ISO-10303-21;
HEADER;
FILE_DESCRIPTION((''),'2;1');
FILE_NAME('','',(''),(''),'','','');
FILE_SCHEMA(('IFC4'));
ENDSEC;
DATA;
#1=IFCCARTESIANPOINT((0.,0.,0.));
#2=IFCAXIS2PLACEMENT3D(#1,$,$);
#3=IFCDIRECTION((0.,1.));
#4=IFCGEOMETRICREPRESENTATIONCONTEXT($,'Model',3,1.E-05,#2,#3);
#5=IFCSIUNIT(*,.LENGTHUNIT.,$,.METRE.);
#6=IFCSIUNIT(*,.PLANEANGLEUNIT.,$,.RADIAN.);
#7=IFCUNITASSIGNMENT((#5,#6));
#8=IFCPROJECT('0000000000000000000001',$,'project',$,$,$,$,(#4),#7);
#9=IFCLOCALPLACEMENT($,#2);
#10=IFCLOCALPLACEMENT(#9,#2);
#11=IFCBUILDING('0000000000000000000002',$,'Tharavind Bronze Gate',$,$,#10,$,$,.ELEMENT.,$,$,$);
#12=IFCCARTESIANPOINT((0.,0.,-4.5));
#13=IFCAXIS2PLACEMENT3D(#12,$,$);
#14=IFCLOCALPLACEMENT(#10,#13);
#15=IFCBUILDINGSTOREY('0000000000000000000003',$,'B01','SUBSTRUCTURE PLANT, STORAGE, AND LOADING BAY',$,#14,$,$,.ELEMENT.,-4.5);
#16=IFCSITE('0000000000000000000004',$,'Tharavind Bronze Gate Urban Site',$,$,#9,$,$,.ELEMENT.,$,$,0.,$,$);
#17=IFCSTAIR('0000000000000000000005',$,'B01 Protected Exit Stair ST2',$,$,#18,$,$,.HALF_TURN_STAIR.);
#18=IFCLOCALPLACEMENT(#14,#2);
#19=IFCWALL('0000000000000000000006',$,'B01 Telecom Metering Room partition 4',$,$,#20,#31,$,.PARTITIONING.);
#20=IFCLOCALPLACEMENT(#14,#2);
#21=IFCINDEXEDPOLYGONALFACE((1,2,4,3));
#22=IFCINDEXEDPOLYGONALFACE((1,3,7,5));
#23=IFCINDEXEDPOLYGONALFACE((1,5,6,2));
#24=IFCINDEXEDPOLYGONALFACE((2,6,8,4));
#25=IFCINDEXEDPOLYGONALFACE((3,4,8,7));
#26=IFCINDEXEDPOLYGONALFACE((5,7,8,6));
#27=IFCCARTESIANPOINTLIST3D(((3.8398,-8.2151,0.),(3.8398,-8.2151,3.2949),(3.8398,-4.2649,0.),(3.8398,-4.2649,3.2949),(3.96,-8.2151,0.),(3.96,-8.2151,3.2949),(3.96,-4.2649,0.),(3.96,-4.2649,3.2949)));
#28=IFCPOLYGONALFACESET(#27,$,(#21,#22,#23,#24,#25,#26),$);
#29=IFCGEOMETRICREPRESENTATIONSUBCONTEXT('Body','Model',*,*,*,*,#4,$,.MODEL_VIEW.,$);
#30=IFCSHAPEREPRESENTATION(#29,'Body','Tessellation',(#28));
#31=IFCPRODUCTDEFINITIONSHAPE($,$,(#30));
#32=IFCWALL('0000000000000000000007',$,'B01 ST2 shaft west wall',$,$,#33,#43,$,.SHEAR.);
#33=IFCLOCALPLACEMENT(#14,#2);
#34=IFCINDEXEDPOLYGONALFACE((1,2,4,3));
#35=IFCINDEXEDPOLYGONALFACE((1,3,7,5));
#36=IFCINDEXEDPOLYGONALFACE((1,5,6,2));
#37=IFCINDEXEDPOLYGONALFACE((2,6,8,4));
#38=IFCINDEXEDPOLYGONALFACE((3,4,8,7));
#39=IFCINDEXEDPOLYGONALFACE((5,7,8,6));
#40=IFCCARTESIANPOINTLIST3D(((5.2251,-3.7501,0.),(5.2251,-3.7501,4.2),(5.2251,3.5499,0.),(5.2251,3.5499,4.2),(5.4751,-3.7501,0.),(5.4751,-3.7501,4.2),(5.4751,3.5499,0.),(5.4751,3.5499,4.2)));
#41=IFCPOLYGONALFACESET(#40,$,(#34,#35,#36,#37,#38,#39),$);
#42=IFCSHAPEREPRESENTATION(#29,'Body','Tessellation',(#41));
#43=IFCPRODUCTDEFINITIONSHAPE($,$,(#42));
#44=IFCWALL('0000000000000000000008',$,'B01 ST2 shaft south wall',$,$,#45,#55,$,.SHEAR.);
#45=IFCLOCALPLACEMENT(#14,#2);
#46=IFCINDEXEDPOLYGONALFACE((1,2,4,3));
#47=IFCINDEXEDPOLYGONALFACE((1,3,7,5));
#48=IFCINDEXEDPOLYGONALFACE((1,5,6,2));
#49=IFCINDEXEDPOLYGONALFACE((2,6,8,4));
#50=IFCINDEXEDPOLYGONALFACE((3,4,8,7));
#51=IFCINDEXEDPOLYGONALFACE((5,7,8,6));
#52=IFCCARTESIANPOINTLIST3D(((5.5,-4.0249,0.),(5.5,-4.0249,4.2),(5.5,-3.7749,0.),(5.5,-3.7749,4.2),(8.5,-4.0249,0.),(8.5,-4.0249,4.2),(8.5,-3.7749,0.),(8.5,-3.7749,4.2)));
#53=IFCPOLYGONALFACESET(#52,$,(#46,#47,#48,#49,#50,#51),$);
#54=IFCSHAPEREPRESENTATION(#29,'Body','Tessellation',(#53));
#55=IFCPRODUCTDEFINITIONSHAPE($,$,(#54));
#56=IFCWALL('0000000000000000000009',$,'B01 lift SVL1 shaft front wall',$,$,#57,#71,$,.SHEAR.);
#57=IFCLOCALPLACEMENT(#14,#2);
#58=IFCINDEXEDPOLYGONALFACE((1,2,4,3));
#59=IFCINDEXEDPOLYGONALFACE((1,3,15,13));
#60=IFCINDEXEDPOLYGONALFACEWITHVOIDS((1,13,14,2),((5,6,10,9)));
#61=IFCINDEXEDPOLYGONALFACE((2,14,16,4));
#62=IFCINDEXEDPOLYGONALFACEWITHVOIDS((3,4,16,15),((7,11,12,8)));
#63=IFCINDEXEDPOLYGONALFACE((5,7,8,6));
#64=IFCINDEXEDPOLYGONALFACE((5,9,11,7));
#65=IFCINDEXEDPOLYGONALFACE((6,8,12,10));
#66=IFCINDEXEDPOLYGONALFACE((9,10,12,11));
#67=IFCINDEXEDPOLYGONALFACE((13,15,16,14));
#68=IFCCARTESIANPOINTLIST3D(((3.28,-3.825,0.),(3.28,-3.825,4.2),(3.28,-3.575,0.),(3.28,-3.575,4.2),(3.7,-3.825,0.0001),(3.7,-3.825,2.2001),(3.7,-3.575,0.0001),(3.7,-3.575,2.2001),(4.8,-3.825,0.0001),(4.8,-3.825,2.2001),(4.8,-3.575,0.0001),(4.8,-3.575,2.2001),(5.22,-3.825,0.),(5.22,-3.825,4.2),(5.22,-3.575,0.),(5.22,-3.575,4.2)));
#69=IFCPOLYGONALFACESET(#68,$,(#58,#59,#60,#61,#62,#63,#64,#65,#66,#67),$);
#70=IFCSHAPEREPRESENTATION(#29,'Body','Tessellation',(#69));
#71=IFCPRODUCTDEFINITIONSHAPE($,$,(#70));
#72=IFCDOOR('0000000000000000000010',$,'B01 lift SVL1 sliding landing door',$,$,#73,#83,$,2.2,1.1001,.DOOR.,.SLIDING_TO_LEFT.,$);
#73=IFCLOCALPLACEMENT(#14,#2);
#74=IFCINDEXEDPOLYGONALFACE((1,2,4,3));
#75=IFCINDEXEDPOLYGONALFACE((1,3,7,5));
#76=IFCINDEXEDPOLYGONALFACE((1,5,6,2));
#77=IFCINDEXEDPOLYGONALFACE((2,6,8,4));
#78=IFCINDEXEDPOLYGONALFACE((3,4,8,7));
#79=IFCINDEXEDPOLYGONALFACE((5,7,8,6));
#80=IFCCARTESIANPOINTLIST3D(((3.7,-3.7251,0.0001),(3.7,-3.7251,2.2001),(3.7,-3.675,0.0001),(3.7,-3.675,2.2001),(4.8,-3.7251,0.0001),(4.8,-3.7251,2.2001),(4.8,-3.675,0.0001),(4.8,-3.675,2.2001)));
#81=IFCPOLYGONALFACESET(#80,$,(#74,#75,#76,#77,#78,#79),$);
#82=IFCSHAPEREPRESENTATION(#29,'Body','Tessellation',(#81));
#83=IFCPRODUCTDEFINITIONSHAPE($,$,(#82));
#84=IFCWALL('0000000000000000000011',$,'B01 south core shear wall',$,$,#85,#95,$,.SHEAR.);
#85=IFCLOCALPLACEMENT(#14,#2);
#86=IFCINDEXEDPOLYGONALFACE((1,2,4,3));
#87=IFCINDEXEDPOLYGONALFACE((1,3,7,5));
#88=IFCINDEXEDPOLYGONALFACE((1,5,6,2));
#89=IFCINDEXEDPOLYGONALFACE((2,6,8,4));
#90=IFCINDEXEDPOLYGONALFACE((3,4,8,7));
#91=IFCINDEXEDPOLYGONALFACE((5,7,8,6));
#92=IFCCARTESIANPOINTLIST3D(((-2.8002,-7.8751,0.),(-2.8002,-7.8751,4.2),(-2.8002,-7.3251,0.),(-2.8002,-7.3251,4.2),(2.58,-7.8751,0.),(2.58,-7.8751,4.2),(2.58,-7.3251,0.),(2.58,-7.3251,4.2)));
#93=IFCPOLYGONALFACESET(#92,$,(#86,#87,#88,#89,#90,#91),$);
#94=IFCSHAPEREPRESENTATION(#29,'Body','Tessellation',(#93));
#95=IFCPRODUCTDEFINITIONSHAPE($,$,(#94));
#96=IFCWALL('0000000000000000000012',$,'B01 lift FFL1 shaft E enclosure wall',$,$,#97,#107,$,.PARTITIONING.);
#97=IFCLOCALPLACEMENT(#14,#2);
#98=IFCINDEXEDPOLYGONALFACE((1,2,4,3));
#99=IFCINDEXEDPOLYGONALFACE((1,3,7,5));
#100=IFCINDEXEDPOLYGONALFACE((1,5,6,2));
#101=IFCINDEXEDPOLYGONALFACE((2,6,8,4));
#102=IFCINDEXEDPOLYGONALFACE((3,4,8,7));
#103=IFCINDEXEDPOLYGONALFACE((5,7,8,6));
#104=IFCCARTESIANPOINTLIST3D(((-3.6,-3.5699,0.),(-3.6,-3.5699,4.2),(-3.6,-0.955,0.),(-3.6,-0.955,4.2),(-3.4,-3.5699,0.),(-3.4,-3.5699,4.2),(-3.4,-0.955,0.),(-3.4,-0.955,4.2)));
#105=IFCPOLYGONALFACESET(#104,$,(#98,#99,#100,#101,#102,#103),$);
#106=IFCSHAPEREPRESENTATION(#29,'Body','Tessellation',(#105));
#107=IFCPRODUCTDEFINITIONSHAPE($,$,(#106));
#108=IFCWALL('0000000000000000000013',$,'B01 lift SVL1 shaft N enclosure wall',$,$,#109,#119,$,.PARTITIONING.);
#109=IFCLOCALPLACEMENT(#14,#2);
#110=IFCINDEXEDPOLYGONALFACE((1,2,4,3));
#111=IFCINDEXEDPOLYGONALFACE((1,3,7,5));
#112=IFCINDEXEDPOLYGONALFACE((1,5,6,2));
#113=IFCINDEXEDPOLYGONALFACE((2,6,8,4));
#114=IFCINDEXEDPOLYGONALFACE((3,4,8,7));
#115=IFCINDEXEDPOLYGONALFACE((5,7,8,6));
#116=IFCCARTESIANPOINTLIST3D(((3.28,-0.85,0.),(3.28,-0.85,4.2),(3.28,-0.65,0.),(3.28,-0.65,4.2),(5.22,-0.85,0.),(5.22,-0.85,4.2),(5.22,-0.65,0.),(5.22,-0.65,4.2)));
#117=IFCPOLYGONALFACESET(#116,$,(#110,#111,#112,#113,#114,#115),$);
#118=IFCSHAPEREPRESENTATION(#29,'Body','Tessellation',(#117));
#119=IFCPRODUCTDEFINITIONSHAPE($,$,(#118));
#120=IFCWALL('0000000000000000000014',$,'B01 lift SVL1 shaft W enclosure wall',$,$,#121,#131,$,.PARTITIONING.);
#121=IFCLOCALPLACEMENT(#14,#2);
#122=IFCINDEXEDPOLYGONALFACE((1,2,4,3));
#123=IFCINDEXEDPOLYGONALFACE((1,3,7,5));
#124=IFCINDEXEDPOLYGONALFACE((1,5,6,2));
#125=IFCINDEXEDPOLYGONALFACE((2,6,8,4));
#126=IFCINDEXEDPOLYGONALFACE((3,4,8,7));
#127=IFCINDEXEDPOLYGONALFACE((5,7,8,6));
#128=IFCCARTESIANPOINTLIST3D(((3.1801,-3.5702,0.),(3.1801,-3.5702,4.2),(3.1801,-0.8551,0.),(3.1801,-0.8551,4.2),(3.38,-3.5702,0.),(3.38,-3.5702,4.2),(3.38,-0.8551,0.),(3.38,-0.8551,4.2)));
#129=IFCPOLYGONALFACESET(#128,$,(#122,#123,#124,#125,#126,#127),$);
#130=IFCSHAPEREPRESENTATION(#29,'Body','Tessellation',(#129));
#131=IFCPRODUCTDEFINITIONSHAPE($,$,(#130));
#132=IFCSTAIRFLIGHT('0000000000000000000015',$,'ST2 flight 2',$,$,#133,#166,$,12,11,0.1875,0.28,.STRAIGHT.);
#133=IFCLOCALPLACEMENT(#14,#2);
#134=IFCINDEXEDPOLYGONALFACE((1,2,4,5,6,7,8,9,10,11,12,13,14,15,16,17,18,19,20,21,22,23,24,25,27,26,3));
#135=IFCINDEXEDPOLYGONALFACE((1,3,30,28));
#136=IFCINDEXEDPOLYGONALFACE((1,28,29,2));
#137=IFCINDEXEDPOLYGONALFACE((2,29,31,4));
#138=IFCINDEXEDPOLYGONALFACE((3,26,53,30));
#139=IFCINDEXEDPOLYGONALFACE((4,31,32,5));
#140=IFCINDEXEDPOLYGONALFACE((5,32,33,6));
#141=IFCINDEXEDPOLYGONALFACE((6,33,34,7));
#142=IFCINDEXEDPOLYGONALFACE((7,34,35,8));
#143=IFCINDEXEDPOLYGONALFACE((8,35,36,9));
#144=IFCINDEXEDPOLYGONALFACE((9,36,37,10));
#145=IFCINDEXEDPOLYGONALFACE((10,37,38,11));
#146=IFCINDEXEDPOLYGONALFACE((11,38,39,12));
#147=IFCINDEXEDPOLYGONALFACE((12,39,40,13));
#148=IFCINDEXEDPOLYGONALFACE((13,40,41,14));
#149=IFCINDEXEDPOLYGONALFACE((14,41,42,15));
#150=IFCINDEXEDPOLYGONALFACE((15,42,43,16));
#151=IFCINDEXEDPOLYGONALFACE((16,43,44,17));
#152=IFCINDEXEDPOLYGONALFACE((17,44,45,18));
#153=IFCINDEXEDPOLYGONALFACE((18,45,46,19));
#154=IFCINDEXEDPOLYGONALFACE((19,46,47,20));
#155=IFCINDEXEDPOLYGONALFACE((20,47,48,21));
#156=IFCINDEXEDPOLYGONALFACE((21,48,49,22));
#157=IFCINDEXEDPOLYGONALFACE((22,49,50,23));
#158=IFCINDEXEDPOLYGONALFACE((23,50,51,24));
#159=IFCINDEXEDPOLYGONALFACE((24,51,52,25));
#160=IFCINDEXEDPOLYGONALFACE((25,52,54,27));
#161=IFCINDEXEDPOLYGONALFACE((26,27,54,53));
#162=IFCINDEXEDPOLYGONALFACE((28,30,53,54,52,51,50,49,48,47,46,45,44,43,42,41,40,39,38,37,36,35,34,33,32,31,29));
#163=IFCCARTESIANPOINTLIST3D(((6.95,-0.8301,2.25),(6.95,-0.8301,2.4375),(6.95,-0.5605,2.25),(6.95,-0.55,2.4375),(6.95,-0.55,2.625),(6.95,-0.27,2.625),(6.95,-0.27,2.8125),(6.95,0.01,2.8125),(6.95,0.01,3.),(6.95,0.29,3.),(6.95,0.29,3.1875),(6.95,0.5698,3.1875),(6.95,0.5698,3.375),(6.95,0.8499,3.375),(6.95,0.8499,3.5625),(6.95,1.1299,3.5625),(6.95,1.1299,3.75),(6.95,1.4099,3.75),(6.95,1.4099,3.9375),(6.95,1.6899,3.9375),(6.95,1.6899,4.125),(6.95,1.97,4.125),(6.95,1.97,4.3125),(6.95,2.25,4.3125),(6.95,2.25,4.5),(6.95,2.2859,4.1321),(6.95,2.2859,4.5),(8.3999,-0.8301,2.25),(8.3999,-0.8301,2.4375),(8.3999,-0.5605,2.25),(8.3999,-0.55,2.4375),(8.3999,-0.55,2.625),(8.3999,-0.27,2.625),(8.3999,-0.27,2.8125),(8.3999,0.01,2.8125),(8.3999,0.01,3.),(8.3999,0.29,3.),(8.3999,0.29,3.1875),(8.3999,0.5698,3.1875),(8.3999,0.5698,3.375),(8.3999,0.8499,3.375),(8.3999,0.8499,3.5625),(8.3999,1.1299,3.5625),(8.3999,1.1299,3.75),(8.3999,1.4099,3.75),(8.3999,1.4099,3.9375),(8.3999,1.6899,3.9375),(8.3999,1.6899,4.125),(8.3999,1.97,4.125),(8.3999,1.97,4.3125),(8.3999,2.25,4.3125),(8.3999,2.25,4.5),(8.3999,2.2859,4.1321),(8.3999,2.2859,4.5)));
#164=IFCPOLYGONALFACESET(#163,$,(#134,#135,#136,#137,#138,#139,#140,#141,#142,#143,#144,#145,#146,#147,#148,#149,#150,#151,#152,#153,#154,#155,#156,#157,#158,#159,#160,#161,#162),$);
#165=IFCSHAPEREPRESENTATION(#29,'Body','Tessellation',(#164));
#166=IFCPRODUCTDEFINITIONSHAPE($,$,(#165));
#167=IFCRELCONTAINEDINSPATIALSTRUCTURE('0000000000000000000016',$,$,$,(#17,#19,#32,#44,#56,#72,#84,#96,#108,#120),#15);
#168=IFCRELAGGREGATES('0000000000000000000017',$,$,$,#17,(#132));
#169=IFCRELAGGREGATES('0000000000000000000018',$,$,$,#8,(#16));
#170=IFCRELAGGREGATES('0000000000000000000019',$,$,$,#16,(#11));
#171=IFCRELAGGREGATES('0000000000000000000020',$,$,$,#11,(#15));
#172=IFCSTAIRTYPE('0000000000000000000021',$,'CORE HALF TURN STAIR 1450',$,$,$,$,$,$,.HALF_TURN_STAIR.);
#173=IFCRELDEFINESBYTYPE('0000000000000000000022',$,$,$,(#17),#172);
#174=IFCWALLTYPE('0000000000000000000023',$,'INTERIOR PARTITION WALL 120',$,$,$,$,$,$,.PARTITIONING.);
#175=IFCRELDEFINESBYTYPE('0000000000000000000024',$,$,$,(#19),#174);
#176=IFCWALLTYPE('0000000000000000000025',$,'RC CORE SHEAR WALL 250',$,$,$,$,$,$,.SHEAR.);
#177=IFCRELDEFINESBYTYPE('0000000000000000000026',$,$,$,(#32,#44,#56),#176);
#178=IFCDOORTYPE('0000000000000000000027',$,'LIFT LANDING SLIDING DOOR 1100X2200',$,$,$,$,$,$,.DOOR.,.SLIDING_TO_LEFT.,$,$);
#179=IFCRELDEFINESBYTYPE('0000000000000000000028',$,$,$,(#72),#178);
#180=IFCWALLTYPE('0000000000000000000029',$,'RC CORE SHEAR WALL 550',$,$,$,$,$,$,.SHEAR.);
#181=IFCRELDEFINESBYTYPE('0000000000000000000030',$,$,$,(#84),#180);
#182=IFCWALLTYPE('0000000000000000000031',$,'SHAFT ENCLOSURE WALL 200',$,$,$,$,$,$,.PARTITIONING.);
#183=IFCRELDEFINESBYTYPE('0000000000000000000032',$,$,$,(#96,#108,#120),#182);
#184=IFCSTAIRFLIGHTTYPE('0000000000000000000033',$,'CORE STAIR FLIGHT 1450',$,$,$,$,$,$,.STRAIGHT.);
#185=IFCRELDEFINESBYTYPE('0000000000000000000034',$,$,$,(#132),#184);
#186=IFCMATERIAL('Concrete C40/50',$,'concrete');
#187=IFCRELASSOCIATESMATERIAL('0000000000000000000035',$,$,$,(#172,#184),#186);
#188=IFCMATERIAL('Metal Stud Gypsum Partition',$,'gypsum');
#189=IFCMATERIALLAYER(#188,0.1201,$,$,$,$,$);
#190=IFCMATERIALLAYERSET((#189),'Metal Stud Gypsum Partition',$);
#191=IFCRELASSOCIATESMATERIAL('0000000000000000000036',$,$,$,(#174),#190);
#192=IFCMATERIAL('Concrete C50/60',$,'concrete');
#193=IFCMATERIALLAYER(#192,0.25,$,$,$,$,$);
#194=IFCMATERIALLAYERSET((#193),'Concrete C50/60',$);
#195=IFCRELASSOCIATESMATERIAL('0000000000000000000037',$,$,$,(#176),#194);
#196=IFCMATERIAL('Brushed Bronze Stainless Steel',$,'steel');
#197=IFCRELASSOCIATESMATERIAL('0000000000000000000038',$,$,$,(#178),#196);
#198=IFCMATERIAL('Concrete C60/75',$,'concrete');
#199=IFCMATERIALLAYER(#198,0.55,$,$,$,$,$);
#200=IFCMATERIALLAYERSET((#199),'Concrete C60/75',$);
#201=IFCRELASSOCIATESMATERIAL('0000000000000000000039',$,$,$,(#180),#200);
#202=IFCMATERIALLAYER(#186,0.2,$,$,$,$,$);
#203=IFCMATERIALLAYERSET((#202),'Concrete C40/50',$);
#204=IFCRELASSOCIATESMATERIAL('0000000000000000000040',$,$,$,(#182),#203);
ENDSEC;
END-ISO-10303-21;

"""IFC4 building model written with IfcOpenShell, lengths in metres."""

from ifc_helpers import new_model, si_unit, direction, frame, frame_2d, origin, place, context, subcontext, project, spatial, polyline, rectangle, outline, extrude, material, layer, layer_set, type_object, element, fill, aggregate, save


model = new_model("IFC4")

# Units and contexts
model_context = context("Model", 3, precision=1e-05, world=origin(), true_north=direction((0.0, 1.0)))
body_context = subcontext(model_context, "Body", "Model", "MODEL_VIEW")
ifc_project = project(units=[si_unit("LENGTHUNIT", "METRE"), si_unit("PLANEANGLEUNIT", "RADIAN")], contexts=[model_context])

# Site, building, storey
site_placement = place(None, origin())
site = spatial("IfcSite", under=ifc_project, at=site_placement, Name="Tharavind Bronze Gate Urban Site", CompositionType="ELEMENT", RefElevation=0.0)
building_placement = place(site_placement, origin())
building = spatial("IfcBuilding", under=site, at=building_placement, Name="Tharavind Bronze Gate", CompositionType="ELEMENT")
storey_placement = place(building_placement, frame((0.0, 0.0, -4.5)))
storey = spatial("IfcBuildingStorey", under=building, at=storey_placement, Name="B01", Description="SUBSTRUCTURE PLANT, STORAGE, AND LOADING BAY", CompositionType="ELEMENT", Elevation=-4.5)

# Stair
ifc_material_1 = material(Name="Concrete C40/50", Category="concrete")
stair_type_1 = type_object("IfcStairType", Name="CORE HALF TURN STAIR 1450", PredefinedType="HALF_TURN_STAIR", material=ifc_material_1)
stair_1_placement = place(storey_placement, origin())
stair_1 = element("IfcStair", 1, at=stair_1_placement, inside=storey, type_object=stair_type_1, Name="B01 Protected Exit Stair ST2", PredefinedType="HALF_TURN_STAIR")

# Walls
ifc_material_2 = material(Name="Metal Stud Gypsum Partition", Category="gypsum")
ifc_layer_1 = layer(ifc_material_2, 0.1201)
ifc_layer_set_1 = layer_set([ifc_layer_1], Name="Metal Stud Gypsum Partition")
wall_type_1 = type_object("IfcWallType", Name="INTERIOR PARTITION WALL 120", PredefinedType="PARTITIONING", material=ifc_layer_set_1)
wall_1_placement = place(storey_placement, frame((3.8999, -4.2649, 0.0), z_axis=(0.0, 0.0, 1.0), x_axis=(0.0, -1.0, 0.0)))
element("IfcWall", 2, at=wall_1_placement, inside=storey, type_object=wall_type_1, Name="B01 Telecom Metering Room partition 4", PredefinedType="PARTITIONING", context=body_context, shape_type="SweptSolid", body=[
    extrude(rectangle(XDim=3.9502, YDim=0.1201, at=frame_2d((1.9751, 0.0))), origin(), (0.0, 0.0, 1.0), 3.2949),
])
ifc_material_3 = material(Name="Concrete C50/60", Category="concrete")
ifc_layer_2 = layer(ifc_material_3, 0.25)
ifc_layer_set_2 = layer_set([ifc_layer_2], Name="Concrete C50/60")
wall_type_2 = type_object("IfcWallType", Name="RC CORE SHEAR WALL 250", PredefinedType="SHEAR", material=ifc_layer_set_2)
wall_2_placement = place(storey_placement, frame((5.3501, -3.75, 0.0), z_axis=(0.0, 0.0, 1.0), x_axis=(0.0, 1.0, 0.0)))
element("IfcWall", 3, at=wall_2_placement, inside=storey, type_object=wall_type_2, Name="B01 ST2 shaft west wall", PredefinedType="SHEAR", context=body_context, shape_type="SweptSolid", body=[
    extrude(rectangle(XDim=7.3, YDim=0.25, at=frame_2d((3.6499, 0.0))), origin(), (0.0, 0.0, 1.0), 4.2),
])
wall_3_placement = place(storey_placement, frame((5.5, -3.8999, 0.0), z_axis=(0.0, 0.0, 1.0), x_axis=(1.0, 0.0, 0.0)))
element("IfcWall", 4, at=wall_3_placement, inside=storey, type_object=wall_type_2, Name="B01 ST2 shaft south wall", PredefinedType="SHEAR", context=body_context, shape_type="SweptSolid", body=[
    extrude(rectangle(XDim=3.0, YDim=0.25, at=frame_2d((1.5, 0.0))), origin(), (0.0, 0.0, 1.0), 4.2),
])

# Wall, opening, door
wall_4_placement = place(storey_placement, frame((3.28, -3.7, 0.0), z_axis=(0.0, 0.0, 1.0), x_axis=(1.0, 0.0, 0.0)))
wall_4 = element("IfcWall", 5, at=wall_4_placement, inside=storey, type_object=wall_type_2, Name="B01 lift SVL1 shaft front wall", PredefinedType="SHEAR", context=body_context, shape_type="SweptSolid", body=[
    extrude(rectangle(XDim=1.9399, YDim=0.25, at=frame_2d((0.97, 0.0))), origin(), (0.0, 0.0, 1.0), 4.2),
])
opening_placement = place(wall_4_placement, frame((0.4199, 0.0, 0.0)))
opening = element("IfcOpeningElement", 6, at=opening_placement, cuts=wall_4, PredefinedType="OPENING", context=body_context, shape_type="SweptSolid", body=[
    extrude(rectangle(XDim=1.1001, YDim=2.2, at=frame_2d((0.55, 1.1001))), frame((0.0, 0.135, 0.0), z_axis=(0.0, -1.0, 0.0), x_axis=(1.0, 0.0, 0.0)), (0.0, 0.0, 1.0), 0.27),
])
ifc_material_4 = material(Name="Brushed Bronze Stainless Steel", Category="steel")
door_type = type_object("IfcDoorType", Name="LIFT LANDING SLIDING DOOR 1100X2200", OperationType="SLIDING_TO_LEFT", PredefinedType="DOOR", material=ifc_material_4)
door_placement = place(opening_placement, origin())
door = element("IfcDoor", 7, at=door_placement, inside=storey, type_object=door_type, Name="B01 lift SVL1 sliding landing door", OperationType="SLIDING_TO_LEFT", OverallHeight=2.2, OverallWidth=1.1001, PredefinedType="DOOR", context=body_context, shape_type="SweptSolid", body=[
    extrude(rectangle(XDim=1.1001, YDim=2.2, at=frame_2d((0.55, 1.1001))), frame((0.0, 0.0249, 0.0), z_axis=(0.0, -1.0, 0.0), x_axis=(1.0, 0.0, 0.0)), (0.0, 0.0, 1.0), 0.05),
])
fill(opening, door)

# Walls
ifc_material_5 = material(Name="Concrete C60/75", Category="concrete")
ifc_layer_3 = layer(ifc_material_5, 0.55)
ifc_layer_set_3 = layer_set([ifc_layer_3], Name="Concrete C60/75")
wall_type_3 = type_object("IfcWallType", Name="RC CORE SHEAR WALL 550", PredefinedType="SHEAR", material=ifc_layer_set_3)
wall_5_placement = place(storey_placement, frame((-2.8, -7.6001, 0.0), z_axis=(0.0, 0.0, 1.0), x_axis=(1.0, 0.0, 0.0)))
element("IfcWall", 8, at=wall_5_placement, inside=storey, type_object=wall_type_3, Name="B01 south core shear wall", PredefinedType="SHEAR", context=body_context, shape_type="SweptSolid", body=[
    extrude(rectangle(XDim=5.3801, YDim=0.55, at=frame_2d((2.6899, 0.0))), origin(), (0.0, 0.0, 1.0), 4.2),
])
ifc_layer_4 = layer(ifc_material_1, 0.2)
ifc_layer_set_4 = layer_set([ifc_layer_4], Name="Concrete C40/50")
wall_type_4 = type_object("IfcWallType", Name="SHAFT ENCLOSURE WALL 200", PredefinedType="PARTITIONING", material=ifc_layer_set_4)
wall_6_placement = place(storey_placement, frame((-3.5, -3.5701, 0.0), z_axis=(0.0, 0.0, 1.0), x_axis=(0.0, 1.0, 0.0)))
element("IfcWall", 9, at=wall_6_placement, inside=storey, type_object=wall_type_4, Name="B01 lift FFL1 shaft E enclosure wall", PredefinedType="PARTITIONING", context=body_context, shape_type="SweptSolid", body=[
    extrude(rectangle(XDim=2.615, YDim=0.2, at=frame_2d((1.3076, 0.0))), origin(), (0.0, 0.0, 1.0), 4.2),
])
wall_7_placement = place(storey_placement, frame((3.28, -0.75, 0.0), z_axis=(0.0, 0.0, 1.0), x_axis=(1.0, 0.0, 0.0)))
element("IfcWall", 10, at=wall_7_placement, inside=storey, type_object=wall_type_4, Name="B01 lift SVL1 shaft N enclosure wall", PredefinedType="PARTITIONING", context=body_context, shape_type="SweptSolid", body=[
    extrude(rectangle(XDim=1.9399, YDim=0.2, at=frame_2d((0.97, 0.0))), origin(), (0.0, 0.0, 1.0), 4.2),
])
wall_8_placement = place(storey_placement, frame((3.28, -3.5701, 0.0), z_axis=(0.0, 0.0, 1.0), x_axis=(0.0, 1.0, 0.0)))
element("IfcWall", 11, at=wall_8_placement, inside=storey, type_object=wall_type_4, Name="B01 lift SVL1 shaft W enclosure wall", PredefinedType="PARTITIONING", context=body_context, shape_type="SweptSolid", body=[
    extrude(rectangle(XDim=2.7151, YDim=0.2, at=frame_2d((1.3574, 0.0))), origin(), (0.0, 0.0, 1.0), 4.2),
])

# Stair flight
stair_flight_type = type_object("IfcStairFlightType", Name="CORE STAIR FLIGHT 1450", PredefinedType="STRAIGHT", material=ifc_material_1)
stair_flight_placement = place(storey_placement, frame((7.675, -0.8301, 2.25), z_axis=(0.0, 0.0, 1.0), x_axis=(0.0, 1.0, 0.0)))
stair_flight = element("IfcStairFlight", 12, at=stair_flight_placement, type_object=stair_flight_type, Name="ST2 flight 2", NumberOfRisers=12, NumberOfTreads=11, PredefinedType="STRAIGHT", RiserHeight=0.1875, TreadLength=0.28, context=body_context, shape_type="SweptSolid", body=[
    extrude(outline(polyline([(0.0, 0.0), (0.0, 0.1875), (0.28, 0.1875), (0.28, 0.375), (0.5601, 0.375), (0.5601, 0.5625), (0.8401, 0.5625), (0.8401, 0.75), (1.1201, 0.75), (1.1201, 0.9375), (1.3999, 0.9375), (1.3999, 1.125), (1.6799, 1.125), (1.6799, 1.3125), (1.96, 1.3125), (1.96, 1.5), (2.24, 1.5), (2.24, 1.6875), (2.52, 1.6875), (2.52, 1.875), (2.8, 1.875), (2.8, 2.0625), (3.0801, 2.0625), (3.0801, 2.25), (3.116, 2.25), (3.116, 1.8821), (0.2695, 0.0), (0.0, 0.0)])), frame((0.0, 0.7251, 0.0), z_axis=(0.0, -1.0, 0.0), x_axis=(1.0, 0.0, 0.0)), (0.0, 0.0, 1.0), 1.45),
])
aggregate(stair_1, [stair_flight])

save(model, "model.ifc")
